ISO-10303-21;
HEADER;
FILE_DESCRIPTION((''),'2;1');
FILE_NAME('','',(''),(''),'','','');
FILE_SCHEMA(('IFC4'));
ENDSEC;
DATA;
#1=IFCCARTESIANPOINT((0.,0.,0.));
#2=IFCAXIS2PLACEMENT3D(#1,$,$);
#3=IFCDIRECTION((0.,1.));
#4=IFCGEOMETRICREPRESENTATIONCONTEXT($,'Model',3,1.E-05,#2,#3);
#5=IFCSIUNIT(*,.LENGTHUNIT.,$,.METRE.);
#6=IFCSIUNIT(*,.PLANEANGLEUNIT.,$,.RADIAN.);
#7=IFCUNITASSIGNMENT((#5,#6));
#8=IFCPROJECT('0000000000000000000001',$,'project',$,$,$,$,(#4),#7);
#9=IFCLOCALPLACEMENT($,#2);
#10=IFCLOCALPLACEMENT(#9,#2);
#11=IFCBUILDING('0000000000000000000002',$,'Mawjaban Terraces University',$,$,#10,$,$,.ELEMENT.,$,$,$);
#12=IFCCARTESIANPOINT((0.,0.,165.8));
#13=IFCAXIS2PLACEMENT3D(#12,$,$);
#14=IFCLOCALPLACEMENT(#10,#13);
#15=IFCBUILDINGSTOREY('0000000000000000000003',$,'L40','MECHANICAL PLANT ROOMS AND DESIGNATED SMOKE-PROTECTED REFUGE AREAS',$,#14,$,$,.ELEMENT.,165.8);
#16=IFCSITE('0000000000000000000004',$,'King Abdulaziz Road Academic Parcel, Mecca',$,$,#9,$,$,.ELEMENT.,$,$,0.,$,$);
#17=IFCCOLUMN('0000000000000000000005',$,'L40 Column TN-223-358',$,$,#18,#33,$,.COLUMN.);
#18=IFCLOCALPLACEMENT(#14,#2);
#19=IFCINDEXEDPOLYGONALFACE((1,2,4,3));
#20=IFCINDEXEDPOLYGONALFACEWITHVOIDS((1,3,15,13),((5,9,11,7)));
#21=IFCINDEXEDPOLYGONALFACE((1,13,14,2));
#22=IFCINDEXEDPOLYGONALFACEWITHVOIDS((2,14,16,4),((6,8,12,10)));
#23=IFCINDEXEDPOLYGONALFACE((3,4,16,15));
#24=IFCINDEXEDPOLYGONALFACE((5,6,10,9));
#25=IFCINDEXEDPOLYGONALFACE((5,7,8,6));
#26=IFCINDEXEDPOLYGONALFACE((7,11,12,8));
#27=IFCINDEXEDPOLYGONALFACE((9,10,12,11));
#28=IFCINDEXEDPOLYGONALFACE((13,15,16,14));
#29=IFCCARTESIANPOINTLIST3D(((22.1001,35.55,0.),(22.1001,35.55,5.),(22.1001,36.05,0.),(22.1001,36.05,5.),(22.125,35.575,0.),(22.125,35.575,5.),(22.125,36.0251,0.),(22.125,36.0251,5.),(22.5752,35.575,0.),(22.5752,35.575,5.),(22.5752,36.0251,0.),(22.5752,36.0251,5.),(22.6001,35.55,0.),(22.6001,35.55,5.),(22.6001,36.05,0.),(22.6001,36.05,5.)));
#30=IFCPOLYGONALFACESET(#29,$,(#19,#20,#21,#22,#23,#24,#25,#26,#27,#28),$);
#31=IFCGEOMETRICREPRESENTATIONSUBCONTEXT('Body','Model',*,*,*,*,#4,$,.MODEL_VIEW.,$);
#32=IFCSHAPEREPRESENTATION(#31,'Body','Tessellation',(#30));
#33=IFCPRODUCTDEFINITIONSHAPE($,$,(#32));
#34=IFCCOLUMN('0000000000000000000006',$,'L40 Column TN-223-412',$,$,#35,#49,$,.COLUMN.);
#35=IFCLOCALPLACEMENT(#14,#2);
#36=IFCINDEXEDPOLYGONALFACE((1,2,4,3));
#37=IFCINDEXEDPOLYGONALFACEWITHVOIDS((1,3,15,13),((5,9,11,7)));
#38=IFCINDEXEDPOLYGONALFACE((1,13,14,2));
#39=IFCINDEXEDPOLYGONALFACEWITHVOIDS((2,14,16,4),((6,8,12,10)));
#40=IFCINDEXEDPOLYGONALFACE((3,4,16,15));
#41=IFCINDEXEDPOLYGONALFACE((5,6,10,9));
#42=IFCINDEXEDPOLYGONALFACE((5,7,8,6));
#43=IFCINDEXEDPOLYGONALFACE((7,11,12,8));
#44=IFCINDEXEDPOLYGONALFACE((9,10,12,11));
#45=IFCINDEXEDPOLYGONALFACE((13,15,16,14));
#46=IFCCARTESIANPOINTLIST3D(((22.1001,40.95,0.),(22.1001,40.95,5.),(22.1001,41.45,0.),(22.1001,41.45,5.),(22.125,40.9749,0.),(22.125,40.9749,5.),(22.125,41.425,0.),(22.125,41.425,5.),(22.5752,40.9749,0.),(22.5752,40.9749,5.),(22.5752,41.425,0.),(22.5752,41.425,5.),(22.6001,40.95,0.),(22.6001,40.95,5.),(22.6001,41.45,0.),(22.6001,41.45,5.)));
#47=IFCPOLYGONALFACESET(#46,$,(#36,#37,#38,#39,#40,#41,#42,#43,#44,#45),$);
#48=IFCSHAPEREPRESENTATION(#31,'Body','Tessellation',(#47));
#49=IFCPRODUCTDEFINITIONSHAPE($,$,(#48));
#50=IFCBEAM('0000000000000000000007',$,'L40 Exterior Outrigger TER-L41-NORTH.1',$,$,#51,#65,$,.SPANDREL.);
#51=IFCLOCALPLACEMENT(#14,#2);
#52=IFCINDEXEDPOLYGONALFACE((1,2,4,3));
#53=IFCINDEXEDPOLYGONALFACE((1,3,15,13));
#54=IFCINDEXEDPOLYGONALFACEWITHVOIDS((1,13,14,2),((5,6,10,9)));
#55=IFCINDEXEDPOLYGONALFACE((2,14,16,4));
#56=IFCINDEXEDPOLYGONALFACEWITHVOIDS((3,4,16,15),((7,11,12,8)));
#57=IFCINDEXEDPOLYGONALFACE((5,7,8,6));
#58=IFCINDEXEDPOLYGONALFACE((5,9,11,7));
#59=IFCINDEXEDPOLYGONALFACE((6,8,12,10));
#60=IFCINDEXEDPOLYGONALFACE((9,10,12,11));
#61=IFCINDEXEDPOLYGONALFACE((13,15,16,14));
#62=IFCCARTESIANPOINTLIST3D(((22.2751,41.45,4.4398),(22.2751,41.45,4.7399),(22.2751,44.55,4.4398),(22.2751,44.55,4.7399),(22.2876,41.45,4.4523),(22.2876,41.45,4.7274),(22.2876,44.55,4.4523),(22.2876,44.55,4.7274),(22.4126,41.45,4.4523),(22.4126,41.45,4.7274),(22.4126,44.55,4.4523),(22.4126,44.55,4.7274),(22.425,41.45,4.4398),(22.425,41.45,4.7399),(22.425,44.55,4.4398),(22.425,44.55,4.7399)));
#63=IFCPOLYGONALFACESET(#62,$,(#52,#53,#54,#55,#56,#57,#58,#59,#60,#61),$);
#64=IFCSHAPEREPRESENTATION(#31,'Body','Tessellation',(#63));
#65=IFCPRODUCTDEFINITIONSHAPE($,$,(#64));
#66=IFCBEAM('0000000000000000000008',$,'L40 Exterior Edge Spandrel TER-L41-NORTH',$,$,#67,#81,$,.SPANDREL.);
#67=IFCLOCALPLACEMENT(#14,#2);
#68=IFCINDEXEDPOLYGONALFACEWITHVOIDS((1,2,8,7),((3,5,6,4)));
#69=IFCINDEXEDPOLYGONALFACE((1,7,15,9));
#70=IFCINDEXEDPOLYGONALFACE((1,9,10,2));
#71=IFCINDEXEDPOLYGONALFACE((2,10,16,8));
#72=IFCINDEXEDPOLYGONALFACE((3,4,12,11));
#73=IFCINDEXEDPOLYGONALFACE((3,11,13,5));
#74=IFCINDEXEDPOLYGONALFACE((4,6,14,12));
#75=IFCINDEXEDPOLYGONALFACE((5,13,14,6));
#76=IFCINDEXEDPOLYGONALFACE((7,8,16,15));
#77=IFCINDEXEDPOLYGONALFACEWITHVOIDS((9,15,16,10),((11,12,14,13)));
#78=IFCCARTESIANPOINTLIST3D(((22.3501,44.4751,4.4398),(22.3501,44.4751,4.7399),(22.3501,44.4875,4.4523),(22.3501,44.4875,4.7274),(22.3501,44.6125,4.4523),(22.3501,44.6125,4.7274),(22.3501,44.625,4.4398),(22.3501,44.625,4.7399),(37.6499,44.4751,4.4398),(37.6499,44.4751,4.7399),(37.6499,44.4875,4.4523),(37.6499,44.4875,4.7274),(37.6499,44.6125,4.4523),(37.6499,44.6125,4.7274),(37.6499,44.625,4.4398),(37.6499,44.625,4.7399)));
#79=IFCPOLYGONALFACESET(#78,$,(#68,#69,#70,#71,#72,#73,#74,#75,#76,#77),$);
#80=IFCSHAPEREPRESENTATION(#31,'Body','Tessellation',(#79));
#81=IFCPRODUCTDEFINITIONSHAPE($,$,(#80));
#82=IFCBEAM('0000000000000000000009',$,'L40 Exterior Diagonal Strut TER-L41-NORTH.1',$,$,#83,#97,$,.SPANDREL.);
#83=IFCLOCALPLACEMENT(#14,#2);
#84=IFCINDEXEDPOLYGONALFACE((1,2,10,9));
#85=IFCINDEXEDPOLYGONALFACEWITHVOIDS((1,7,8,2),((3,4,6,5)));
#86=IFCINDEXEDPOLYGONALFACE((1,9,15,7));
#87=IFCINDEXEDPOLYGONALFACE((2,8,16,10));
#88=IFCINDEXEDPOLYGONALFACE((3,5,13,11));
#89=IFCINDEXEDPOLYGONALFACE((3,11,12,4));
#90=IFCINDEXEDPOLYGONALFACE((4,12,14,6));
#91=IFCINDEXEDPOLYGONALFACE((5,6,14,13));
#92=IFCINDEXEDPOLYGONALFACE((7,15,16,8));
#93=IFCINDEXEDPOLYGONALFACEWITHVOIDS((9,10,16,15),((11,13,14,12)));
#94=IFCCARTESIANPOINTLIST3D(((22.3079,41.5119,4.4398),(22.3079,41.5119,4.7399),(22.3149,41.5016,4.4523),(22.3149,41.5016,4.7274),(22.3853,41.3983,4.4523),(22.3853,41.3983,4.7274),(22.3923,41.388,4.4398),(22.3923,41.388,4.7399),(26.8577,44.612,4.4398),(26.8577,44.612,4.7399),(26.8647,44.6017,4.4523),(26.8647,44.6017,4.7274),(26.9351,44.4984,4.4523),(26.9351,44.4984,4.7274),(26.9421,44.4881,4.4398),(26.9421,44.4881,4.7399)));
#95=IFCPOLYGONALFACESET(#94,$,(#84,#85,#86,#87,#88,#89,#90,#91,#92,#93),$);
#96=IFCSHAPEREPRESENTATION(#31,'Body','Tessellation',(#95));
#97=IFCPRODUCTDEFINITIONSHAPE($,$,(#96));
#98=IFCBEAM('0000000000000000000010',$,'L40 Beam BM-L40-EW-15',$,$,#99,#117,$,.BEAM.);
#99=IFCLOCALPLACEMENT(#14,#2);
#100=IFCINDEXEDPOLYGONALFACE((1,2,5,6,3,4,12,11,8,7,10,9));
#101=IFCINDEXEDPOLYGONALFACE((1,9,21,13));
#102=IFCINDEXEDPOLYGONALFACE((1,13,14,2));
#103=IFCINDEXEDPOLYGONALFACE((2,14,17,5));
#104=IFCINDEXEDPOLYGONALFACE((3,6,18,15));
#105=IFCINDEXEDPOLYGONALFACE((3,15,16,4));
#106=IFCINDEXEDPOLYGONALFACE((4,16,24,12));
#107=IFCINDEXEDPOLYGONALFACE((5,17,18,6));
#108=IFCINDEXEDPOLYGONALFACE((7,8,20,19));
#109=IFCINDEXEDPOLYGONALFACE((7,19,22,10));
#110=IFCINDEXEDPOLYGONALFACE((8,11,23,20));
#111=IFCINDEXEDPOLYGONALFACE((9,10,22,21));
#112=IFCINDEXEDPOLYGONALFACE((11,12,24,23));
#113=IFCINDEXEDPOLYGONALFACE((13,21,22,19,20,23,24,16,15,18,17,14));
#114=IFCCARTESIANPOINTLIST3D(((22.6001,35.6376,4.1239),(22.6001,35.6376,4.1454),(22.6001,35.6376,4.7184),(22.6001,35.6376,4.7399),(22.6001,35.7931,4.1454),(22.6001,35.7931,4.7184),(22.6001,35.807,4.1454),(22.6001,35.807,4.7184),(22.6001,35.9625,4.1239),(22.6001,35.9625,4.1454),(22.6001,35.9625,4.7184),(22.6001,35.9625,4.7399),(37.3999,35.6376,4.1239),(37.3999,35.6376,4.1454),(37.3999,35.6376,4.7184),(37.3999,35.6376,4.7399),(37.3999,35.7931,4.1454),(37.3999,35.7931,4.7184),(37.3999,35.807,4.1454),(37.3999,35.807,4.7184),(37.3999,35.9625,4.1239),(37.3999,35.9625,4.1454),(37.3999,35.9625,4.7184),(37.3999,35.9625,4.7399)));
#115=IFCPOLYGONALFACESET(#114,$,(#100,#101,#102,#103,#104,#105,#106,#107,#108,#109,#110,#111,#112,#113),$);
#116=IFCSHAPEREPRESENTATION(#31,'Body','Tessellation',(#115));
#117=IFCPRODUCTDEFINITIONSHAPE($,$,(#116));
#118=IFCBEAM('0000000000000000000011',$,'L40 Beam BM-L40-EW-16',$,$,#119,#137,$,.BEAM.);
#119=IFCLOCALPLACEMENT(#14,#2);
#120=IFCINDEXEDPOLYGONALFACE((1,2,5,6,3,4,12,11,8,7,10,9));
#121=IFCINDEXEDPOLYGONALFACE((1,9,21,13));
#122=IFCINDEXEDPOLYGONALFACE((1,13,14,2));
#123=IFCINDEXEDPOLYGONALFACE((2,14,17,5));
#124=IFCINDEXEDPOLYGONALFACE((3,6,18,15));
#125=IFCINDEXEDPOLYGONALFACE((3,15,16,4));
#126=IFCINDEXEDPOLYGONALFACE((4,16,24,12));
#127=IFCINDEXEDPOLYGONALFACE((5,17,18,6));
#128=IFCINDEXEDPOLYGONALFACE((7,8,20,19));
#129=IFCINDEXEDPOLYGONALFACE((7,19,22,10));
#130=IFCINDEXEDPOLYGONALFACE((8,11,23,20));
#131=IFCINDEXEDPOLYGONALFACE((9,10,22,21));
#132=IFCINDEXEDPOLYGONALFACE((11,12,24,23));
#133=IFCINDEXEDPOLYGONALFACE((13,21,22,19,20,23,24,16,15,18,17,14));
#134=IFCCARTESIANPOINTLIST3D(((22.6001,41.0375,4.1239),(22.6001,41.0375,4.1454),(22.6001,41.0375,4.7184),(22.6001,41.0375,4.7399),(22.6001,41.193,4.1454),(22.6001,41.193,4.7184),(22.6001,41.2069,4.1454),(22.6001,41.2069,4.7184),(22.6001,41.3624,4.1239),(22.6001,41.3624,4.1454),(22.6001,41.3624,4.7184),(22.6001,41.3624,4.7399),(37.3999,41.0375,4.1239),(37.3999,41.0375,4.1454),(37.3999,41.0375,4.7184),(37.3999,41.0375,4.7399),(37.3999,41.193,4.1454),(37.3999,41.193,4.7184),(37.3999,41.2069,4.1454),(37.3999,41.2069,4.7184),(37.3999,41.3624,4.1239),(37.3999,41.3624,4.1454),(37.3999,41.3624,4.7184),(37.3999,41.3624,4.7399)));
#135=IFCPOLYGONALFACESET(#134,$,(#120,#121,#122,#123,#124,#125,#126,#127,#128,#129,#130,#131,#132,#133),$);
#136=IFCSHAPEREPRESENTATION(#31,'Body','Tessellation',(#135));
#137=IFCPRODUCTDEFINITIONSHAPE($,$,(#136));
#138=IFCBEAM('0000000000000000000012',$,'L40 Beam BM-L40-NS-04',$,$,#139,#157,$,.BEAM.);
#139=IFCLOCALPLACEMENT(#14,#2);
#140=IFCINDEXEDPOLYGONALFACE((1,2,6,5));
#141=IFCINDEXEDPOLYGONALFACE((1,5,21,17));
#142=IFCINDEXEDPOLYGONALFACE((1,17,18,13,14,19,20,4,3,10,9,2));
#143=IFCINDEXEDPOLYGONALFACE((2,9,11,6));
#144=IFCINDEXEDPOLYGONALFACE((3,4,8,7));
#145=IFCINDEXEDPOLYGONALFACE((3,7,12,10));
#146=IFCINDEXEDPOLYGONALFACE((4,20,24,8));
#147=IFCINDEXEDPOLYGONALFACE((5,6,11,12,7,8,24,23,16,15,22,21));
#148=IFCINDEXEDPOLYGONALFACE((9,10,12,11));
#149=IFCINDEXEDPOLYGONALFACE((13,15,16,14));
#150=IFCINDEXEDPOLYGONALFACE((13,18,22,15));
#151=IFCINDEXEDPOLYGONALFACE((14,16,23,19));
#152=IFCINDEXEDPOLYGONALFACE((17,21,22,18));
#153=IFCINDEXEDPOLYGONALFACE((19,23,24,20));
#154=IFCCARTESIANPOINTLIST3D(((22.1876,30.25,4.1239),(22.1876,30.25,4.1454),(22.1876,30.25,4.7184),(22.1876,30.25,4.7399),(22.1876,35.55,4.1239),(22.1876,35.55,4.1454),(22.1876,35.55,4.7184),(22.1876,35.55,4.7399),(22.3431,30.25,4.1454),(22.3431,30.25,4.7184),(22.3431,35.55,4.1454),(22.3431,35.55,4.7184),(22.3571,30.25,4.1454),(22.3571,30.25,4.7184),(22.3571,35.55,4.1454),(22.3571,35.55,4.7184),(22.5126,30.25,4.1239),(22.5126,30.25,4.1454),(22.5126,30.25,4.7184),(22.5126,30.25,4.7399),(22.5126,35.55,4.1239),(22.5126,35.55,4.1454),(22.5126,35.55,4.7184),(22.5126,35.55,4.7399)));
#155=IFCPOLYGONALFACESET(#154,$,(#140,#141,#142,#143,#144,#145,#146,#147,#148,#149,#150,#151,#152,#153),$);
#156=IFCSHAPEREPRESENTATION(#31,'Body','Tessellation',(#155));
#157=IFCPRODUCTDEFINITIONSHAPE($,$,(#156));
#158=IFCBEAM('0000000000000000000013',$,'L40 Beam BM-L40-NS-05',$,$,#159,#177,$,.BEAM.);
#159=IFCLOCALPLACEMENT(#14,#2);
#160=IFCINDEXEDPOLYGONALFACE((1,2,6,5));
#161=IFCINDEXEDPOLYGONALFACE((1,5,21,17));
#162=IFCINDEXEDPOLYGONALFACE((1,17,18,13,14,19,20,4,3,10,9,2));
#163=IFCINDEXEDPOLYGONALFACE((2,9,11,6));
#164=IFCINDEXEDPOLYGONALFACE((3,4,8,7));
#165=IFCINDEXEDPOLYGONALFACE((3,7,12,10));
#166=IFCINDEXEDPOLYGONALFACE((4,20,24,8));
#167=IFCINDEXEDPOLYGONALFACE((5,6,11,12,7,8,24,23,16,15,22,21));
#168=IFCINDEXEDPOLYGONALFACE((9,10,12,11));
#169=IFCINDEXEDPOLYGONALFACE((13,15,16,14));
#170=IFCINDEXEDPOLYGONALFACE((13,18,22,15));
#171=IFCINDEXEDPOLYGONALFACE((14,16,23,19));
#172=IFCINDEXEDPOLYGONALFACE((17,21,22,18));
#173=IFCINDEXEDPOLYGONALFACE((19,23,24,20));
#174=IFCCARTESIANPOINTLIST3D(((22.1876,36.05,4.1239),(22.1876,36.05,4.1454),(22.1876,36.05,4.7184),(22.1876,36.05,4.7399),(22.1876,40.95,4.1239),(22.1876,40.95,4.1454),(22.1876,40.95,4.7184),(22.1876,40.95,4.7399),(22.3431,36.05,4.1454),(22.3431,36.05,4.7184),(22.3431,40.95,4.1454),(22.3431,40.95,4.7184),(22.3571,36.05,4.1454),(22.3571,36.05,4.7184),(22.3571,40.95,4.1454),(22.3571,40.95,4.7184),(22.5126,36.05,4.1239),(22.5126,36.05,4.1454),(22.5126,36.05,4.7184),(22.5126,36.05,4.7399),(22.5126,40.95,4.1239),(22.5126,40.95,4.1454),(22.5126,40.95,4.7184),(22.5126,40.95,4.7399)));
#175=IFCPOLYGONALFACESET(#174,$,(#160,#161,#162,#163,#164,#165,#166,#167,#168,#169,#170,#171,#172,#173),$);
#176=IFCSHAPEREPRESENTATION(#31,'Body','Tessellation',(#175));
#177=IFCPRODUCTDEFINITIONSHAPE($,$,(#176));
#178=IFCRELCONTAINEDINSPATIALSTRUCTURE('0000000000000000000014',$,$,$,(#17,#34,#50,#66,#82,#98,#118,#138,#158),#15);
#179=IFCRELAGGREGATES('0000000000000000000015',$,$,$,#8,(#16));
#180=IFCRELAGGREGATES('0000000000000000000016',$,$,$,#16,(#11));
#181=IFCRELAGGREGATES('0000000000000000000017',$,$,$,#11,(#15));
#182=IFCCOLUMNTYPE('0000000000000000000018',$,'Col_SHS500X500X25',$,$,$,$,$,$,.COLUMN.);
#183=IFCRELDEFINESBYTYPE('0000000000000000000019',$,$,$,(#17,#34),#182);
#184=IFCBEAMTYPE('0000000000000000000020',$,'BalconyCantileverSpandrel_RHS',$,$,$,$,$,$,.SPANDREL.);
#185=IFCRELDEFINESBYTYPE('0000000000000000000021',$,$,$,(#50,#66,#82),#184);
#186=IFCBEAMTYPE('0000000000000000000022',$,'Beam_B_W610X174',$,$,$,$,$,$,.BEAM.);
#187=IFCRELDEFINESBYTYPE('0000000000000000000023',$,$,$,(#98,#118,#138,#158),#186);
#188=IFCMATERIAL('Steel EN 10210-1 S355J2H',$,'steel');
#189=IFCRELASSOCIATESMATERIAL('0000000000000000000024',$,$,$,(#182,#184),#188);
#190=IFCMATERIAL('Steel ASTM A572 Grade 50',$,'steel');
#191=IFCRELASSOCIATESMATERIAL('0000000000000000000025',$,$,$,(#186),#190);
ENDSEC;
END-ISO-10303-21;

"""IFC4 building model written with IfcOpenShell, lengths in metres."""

from ifc_helpers import new_model, si_unit, direction, frame, origin, origin_2d, place, context, subcontext, project, spatial, hollow_rectangle, i_section, extrude, material, material_profile, profile_set, type_object, element, save


model = new_model("IFC4")

# Units and contexts
model_context = context("Model", 3, precision=1e-05, world=origin(), true_north=direction((0.0, 1.0)))
body_context = subcontext(model_context, "Body", "Model", "MODEL_VIEW")
ifc_project = project(units=[si_unit("LENGTHUNIT", "METRE"), si_unit("PLANEANGLEUNIT", "RADIAN")], contexts=[model_context])

# Site, building, storey
site_placement = place(None, origin())
site = spatial("IfcSite", under=ifc_project, at=site_placement, Name="King Abdulaziz Road Academic Parcel, Mecca", CompositionType="ELEMENT", RefElevation=0.0)
building_placement = place(site_placement, origin())
building = spatial("IfcBuilding", under=site, at=building_placement, Name="Mawjaban Terraces University", CompositionType="ELEMENT")
storey_placement = place(building_placement, frame((0.0, 0.0, 165.8)))
storey = spatial("IfcBuildingStorey", under=building, at=storey_placement, Name="L40", Description="MECHANICAL PLANT ROOMS AND DESIGNATED SMOKE-PROTECTED REFUGE AREAS", CompositionType="ELEMENT", Elevation=165.8)

# Columns
ifc_material_1 = material(Name="Steel EN 10210-1 S355J2H", Category="steel")
ifc_material_profile_1 = material_profile(ifc_material_1, hollow_rectangle(XDim=0.5, YDim=0.5, WallThickness=0.0249, at=origin_2d()), Name="SHS500X500X25")
ifc_profile_set_1 = profile_set([ifc_material_profile_1], Name="Steel EN 10210-1 S355J2H")
column_type = type_object("IfcColumnType", Name="Col_SHS500X500X25", PredefinedType="COLUMN", material=ifc_profile_set_1)
for number, where, z_axis, x_axis, name in (
    (1, (22.3501, 35.8, 0.0), (0.0, 0.0, 1.0), (1.0, 0.0, 0.0), "L40 Column TN-223-358"),
    (2, (22.3501, 41.2, 0.0), (0.0, 0.0, 1.0), (1.0, 0.0, 0.0), "L40 Column TN-223-412"),
):
    element("IfcColumn", number, at=place(storey_placement, frame(where, z_axis=z_axis, x_axis=x_axis)), inside=storey, type_object=column_type, Name=name, PredefinedType="COLUMN", context=body_context, shape_type="SweptSolid", body=[
        extrude(hollow_rectangle(XDim=0.5, YDim=0.5, WallThickness=0.0249, at=origin_2d()), origin(), (0.0, 0.0, 1.0), 5.0),
    ])

# Beams
ifc_material_profile_2 = material_profile(ifc_material_1, hollow_rectangle(XDim=0.1499, YDim=0.3, WallThickness=0.0125, at=origin_2d()), Name="RHS300X150X12.5")
ifc_profile_set_2 = profile_set([ifc_material_profile_2], Name="Steel EN 10210-1 S355J2H")
beam_type_1 = type_object("IfcBeamType", Name="BalconyCantileverSpandrel_RHS", PredefinedType="SPANDREL", material=ifc_profile_set_2)
beam_1_placement = place(storey_placement, frame((22.3501, 41.45, 4.5898), z_axis=(0.0, 1.0, 0.0), x_axis=(-1.0, 0.0, 0.0)))
element("IfcBeam", 3, at=beam_1_placement, inside=storey, type_object=beam_type_1, Name="L40 Exterior Outrigger TER-L41-NORTH.1", PredefinedType="SPANDREL", context=body_context, shape_type="SweptSolid", body=[
    extrude(hollow_rectangle(XDim=0.1499, YDim=0.3, WallThickness=0.0125, at=origin_2d()), origin(), (0.0, 0.0, 1.0), 3.1001),
])
beam_2_placement = place(storey_placement, frame((22.3501, 44.55, 4.5898), z_axis=(1.0, 0.0, 0.0), x_axis=(0.0, 1.0, 0.0)))
element("IfcBeam", 4, at=beam_2_placement, inside=storey, type_object=beam_type_1, Name="L40 Exterior Edge Spandrel TER-L41-NORTH", PredefinedType="SPANDREL", context=body_context, shape_type="SweptSolid", body=[
    extrude(hollow_rectangle(XDim=0.1499, YDim=0.3, WallThickness=0.0125, at=origin_2d()), origin(), (0.0, 0.0, 1.0), 15.2998),
])
beam_3_placement = place(storey_placement, frame((22.3501, 41.45, 4.5898), z_axis=(0.8264, 0.563084, 0.0), x_axis=(-0.563084, 0.8264, 0.0)))
element("IfcBeam", 5, at=beam_3_placement, inside=storey, type_object=beam_type_1, Name="L40 Exterior Diagonal Strut TER-L41-NORTH.1", PredefinedType="SPANDREL", context=body_context, shape_type="SweptSolid", body=[
    extrude(hollow_rectangle(XDim=0.1499, YDim=0.3, WallThickness=0.0125, at=origin_2d()), origin(), (0.0, 0.0, 1.0), 5.5056),
])
ifc_material_2 = material(Name="Steel ASTM A572 Grade 50", Category="steel")
ifc_material_profile_3 = material_profile(ifc_material_2, i_section(OverallWidth=0.325, OverallDepth=0.616, WebThickness=0.0139, FlangeThickness=0.0215, at=origin_2d()), Name="W610X174")
ifc_profile_set_3 = profile_set([ifc_material_profile_3], Name="Steel ASTM A572 Grade 50")
beam_type_2 = type_object("IfcBeamType", Name="Beam_B_W610X174", PredefinedType="BEAM", material=ifc_profile_set_3)
for number, where, z_axis, x_axis, name in (
    (6, (22.6001, 35.8, 4.4319), (1.0, 0.0, 0.0), (0.0, 1.0, 0.0), "L40 Beam BM-L40-EW-15"),
    (7, (22.6001, 41.2, 4.4319), (1.0, 0.0, 0.0), (0.0, 1.0, 0.0), "L40 Beam BM-L40-EW-16"),
):
    element("IfcBeam", number, at=place(storey_placement, frame(where, z_axis=z_axis, x_axis=x_axis)), inside=storey, type_object=beam_type_2, Name=name, PredefinedType="BEAM", context=body_context, shape_type="SweptSolid", body=[
        extrude(i_section(OverallWidth=0.325, OverallDepth=0.616, WebThickness=0.0139, FlangeThickness=0.0215, at=origin_2d()), origin(), (0.0, 0.0, 1.0), 14.7998),
    ])
beam_4_placement = place(storey_placement, frame((22.3501, 30.25, 4.4319), z_axis=(0.0, 1.0, 0.0), x_axis=(-1.0, 0.0, 0.0)))
element("IfcBeam", 8, at=beam_4_placement, inside=storey, type_object=beam_type_2, Name="L40 Beam BM-L40-NS-04", PredefinedType="BEAM", context=body_context, shape_type="SweptSolid", body=[
    extrude(i_section(OverallWidth=0.325, OverallDepth=0.616, WebThickness=0.0139, FlangeThickness=0.0215, at=origin_2d()), origin(), (0.0, 0.0, 1.0), 5.3),
])
beam_5_placement = place(storey_placement, frame((22.3501, 36.05, 4.4319), z_axis=(0.0, 1.0, 0.0), x_axis=(-1.0, 0.0, 0.0)))
element("IfcBeam", 9, at=beam_5_placement, inside=storey, type_object=beam_type_2, Name="L40 Beam BM-L40-NS-05", PredefinedType="BEAM", context=body_context, shape_type="SweptSolid", body=[
    extrude(i_section(OverallWidth=0.325, OverallDepth=0.616, WebThickness=0.0139, FlangeThickness=0.0215, at=origin_2d()), origin(), (0.0, 0.0, 1.0), 4.8999),
])

save(model, "model.ifc")
